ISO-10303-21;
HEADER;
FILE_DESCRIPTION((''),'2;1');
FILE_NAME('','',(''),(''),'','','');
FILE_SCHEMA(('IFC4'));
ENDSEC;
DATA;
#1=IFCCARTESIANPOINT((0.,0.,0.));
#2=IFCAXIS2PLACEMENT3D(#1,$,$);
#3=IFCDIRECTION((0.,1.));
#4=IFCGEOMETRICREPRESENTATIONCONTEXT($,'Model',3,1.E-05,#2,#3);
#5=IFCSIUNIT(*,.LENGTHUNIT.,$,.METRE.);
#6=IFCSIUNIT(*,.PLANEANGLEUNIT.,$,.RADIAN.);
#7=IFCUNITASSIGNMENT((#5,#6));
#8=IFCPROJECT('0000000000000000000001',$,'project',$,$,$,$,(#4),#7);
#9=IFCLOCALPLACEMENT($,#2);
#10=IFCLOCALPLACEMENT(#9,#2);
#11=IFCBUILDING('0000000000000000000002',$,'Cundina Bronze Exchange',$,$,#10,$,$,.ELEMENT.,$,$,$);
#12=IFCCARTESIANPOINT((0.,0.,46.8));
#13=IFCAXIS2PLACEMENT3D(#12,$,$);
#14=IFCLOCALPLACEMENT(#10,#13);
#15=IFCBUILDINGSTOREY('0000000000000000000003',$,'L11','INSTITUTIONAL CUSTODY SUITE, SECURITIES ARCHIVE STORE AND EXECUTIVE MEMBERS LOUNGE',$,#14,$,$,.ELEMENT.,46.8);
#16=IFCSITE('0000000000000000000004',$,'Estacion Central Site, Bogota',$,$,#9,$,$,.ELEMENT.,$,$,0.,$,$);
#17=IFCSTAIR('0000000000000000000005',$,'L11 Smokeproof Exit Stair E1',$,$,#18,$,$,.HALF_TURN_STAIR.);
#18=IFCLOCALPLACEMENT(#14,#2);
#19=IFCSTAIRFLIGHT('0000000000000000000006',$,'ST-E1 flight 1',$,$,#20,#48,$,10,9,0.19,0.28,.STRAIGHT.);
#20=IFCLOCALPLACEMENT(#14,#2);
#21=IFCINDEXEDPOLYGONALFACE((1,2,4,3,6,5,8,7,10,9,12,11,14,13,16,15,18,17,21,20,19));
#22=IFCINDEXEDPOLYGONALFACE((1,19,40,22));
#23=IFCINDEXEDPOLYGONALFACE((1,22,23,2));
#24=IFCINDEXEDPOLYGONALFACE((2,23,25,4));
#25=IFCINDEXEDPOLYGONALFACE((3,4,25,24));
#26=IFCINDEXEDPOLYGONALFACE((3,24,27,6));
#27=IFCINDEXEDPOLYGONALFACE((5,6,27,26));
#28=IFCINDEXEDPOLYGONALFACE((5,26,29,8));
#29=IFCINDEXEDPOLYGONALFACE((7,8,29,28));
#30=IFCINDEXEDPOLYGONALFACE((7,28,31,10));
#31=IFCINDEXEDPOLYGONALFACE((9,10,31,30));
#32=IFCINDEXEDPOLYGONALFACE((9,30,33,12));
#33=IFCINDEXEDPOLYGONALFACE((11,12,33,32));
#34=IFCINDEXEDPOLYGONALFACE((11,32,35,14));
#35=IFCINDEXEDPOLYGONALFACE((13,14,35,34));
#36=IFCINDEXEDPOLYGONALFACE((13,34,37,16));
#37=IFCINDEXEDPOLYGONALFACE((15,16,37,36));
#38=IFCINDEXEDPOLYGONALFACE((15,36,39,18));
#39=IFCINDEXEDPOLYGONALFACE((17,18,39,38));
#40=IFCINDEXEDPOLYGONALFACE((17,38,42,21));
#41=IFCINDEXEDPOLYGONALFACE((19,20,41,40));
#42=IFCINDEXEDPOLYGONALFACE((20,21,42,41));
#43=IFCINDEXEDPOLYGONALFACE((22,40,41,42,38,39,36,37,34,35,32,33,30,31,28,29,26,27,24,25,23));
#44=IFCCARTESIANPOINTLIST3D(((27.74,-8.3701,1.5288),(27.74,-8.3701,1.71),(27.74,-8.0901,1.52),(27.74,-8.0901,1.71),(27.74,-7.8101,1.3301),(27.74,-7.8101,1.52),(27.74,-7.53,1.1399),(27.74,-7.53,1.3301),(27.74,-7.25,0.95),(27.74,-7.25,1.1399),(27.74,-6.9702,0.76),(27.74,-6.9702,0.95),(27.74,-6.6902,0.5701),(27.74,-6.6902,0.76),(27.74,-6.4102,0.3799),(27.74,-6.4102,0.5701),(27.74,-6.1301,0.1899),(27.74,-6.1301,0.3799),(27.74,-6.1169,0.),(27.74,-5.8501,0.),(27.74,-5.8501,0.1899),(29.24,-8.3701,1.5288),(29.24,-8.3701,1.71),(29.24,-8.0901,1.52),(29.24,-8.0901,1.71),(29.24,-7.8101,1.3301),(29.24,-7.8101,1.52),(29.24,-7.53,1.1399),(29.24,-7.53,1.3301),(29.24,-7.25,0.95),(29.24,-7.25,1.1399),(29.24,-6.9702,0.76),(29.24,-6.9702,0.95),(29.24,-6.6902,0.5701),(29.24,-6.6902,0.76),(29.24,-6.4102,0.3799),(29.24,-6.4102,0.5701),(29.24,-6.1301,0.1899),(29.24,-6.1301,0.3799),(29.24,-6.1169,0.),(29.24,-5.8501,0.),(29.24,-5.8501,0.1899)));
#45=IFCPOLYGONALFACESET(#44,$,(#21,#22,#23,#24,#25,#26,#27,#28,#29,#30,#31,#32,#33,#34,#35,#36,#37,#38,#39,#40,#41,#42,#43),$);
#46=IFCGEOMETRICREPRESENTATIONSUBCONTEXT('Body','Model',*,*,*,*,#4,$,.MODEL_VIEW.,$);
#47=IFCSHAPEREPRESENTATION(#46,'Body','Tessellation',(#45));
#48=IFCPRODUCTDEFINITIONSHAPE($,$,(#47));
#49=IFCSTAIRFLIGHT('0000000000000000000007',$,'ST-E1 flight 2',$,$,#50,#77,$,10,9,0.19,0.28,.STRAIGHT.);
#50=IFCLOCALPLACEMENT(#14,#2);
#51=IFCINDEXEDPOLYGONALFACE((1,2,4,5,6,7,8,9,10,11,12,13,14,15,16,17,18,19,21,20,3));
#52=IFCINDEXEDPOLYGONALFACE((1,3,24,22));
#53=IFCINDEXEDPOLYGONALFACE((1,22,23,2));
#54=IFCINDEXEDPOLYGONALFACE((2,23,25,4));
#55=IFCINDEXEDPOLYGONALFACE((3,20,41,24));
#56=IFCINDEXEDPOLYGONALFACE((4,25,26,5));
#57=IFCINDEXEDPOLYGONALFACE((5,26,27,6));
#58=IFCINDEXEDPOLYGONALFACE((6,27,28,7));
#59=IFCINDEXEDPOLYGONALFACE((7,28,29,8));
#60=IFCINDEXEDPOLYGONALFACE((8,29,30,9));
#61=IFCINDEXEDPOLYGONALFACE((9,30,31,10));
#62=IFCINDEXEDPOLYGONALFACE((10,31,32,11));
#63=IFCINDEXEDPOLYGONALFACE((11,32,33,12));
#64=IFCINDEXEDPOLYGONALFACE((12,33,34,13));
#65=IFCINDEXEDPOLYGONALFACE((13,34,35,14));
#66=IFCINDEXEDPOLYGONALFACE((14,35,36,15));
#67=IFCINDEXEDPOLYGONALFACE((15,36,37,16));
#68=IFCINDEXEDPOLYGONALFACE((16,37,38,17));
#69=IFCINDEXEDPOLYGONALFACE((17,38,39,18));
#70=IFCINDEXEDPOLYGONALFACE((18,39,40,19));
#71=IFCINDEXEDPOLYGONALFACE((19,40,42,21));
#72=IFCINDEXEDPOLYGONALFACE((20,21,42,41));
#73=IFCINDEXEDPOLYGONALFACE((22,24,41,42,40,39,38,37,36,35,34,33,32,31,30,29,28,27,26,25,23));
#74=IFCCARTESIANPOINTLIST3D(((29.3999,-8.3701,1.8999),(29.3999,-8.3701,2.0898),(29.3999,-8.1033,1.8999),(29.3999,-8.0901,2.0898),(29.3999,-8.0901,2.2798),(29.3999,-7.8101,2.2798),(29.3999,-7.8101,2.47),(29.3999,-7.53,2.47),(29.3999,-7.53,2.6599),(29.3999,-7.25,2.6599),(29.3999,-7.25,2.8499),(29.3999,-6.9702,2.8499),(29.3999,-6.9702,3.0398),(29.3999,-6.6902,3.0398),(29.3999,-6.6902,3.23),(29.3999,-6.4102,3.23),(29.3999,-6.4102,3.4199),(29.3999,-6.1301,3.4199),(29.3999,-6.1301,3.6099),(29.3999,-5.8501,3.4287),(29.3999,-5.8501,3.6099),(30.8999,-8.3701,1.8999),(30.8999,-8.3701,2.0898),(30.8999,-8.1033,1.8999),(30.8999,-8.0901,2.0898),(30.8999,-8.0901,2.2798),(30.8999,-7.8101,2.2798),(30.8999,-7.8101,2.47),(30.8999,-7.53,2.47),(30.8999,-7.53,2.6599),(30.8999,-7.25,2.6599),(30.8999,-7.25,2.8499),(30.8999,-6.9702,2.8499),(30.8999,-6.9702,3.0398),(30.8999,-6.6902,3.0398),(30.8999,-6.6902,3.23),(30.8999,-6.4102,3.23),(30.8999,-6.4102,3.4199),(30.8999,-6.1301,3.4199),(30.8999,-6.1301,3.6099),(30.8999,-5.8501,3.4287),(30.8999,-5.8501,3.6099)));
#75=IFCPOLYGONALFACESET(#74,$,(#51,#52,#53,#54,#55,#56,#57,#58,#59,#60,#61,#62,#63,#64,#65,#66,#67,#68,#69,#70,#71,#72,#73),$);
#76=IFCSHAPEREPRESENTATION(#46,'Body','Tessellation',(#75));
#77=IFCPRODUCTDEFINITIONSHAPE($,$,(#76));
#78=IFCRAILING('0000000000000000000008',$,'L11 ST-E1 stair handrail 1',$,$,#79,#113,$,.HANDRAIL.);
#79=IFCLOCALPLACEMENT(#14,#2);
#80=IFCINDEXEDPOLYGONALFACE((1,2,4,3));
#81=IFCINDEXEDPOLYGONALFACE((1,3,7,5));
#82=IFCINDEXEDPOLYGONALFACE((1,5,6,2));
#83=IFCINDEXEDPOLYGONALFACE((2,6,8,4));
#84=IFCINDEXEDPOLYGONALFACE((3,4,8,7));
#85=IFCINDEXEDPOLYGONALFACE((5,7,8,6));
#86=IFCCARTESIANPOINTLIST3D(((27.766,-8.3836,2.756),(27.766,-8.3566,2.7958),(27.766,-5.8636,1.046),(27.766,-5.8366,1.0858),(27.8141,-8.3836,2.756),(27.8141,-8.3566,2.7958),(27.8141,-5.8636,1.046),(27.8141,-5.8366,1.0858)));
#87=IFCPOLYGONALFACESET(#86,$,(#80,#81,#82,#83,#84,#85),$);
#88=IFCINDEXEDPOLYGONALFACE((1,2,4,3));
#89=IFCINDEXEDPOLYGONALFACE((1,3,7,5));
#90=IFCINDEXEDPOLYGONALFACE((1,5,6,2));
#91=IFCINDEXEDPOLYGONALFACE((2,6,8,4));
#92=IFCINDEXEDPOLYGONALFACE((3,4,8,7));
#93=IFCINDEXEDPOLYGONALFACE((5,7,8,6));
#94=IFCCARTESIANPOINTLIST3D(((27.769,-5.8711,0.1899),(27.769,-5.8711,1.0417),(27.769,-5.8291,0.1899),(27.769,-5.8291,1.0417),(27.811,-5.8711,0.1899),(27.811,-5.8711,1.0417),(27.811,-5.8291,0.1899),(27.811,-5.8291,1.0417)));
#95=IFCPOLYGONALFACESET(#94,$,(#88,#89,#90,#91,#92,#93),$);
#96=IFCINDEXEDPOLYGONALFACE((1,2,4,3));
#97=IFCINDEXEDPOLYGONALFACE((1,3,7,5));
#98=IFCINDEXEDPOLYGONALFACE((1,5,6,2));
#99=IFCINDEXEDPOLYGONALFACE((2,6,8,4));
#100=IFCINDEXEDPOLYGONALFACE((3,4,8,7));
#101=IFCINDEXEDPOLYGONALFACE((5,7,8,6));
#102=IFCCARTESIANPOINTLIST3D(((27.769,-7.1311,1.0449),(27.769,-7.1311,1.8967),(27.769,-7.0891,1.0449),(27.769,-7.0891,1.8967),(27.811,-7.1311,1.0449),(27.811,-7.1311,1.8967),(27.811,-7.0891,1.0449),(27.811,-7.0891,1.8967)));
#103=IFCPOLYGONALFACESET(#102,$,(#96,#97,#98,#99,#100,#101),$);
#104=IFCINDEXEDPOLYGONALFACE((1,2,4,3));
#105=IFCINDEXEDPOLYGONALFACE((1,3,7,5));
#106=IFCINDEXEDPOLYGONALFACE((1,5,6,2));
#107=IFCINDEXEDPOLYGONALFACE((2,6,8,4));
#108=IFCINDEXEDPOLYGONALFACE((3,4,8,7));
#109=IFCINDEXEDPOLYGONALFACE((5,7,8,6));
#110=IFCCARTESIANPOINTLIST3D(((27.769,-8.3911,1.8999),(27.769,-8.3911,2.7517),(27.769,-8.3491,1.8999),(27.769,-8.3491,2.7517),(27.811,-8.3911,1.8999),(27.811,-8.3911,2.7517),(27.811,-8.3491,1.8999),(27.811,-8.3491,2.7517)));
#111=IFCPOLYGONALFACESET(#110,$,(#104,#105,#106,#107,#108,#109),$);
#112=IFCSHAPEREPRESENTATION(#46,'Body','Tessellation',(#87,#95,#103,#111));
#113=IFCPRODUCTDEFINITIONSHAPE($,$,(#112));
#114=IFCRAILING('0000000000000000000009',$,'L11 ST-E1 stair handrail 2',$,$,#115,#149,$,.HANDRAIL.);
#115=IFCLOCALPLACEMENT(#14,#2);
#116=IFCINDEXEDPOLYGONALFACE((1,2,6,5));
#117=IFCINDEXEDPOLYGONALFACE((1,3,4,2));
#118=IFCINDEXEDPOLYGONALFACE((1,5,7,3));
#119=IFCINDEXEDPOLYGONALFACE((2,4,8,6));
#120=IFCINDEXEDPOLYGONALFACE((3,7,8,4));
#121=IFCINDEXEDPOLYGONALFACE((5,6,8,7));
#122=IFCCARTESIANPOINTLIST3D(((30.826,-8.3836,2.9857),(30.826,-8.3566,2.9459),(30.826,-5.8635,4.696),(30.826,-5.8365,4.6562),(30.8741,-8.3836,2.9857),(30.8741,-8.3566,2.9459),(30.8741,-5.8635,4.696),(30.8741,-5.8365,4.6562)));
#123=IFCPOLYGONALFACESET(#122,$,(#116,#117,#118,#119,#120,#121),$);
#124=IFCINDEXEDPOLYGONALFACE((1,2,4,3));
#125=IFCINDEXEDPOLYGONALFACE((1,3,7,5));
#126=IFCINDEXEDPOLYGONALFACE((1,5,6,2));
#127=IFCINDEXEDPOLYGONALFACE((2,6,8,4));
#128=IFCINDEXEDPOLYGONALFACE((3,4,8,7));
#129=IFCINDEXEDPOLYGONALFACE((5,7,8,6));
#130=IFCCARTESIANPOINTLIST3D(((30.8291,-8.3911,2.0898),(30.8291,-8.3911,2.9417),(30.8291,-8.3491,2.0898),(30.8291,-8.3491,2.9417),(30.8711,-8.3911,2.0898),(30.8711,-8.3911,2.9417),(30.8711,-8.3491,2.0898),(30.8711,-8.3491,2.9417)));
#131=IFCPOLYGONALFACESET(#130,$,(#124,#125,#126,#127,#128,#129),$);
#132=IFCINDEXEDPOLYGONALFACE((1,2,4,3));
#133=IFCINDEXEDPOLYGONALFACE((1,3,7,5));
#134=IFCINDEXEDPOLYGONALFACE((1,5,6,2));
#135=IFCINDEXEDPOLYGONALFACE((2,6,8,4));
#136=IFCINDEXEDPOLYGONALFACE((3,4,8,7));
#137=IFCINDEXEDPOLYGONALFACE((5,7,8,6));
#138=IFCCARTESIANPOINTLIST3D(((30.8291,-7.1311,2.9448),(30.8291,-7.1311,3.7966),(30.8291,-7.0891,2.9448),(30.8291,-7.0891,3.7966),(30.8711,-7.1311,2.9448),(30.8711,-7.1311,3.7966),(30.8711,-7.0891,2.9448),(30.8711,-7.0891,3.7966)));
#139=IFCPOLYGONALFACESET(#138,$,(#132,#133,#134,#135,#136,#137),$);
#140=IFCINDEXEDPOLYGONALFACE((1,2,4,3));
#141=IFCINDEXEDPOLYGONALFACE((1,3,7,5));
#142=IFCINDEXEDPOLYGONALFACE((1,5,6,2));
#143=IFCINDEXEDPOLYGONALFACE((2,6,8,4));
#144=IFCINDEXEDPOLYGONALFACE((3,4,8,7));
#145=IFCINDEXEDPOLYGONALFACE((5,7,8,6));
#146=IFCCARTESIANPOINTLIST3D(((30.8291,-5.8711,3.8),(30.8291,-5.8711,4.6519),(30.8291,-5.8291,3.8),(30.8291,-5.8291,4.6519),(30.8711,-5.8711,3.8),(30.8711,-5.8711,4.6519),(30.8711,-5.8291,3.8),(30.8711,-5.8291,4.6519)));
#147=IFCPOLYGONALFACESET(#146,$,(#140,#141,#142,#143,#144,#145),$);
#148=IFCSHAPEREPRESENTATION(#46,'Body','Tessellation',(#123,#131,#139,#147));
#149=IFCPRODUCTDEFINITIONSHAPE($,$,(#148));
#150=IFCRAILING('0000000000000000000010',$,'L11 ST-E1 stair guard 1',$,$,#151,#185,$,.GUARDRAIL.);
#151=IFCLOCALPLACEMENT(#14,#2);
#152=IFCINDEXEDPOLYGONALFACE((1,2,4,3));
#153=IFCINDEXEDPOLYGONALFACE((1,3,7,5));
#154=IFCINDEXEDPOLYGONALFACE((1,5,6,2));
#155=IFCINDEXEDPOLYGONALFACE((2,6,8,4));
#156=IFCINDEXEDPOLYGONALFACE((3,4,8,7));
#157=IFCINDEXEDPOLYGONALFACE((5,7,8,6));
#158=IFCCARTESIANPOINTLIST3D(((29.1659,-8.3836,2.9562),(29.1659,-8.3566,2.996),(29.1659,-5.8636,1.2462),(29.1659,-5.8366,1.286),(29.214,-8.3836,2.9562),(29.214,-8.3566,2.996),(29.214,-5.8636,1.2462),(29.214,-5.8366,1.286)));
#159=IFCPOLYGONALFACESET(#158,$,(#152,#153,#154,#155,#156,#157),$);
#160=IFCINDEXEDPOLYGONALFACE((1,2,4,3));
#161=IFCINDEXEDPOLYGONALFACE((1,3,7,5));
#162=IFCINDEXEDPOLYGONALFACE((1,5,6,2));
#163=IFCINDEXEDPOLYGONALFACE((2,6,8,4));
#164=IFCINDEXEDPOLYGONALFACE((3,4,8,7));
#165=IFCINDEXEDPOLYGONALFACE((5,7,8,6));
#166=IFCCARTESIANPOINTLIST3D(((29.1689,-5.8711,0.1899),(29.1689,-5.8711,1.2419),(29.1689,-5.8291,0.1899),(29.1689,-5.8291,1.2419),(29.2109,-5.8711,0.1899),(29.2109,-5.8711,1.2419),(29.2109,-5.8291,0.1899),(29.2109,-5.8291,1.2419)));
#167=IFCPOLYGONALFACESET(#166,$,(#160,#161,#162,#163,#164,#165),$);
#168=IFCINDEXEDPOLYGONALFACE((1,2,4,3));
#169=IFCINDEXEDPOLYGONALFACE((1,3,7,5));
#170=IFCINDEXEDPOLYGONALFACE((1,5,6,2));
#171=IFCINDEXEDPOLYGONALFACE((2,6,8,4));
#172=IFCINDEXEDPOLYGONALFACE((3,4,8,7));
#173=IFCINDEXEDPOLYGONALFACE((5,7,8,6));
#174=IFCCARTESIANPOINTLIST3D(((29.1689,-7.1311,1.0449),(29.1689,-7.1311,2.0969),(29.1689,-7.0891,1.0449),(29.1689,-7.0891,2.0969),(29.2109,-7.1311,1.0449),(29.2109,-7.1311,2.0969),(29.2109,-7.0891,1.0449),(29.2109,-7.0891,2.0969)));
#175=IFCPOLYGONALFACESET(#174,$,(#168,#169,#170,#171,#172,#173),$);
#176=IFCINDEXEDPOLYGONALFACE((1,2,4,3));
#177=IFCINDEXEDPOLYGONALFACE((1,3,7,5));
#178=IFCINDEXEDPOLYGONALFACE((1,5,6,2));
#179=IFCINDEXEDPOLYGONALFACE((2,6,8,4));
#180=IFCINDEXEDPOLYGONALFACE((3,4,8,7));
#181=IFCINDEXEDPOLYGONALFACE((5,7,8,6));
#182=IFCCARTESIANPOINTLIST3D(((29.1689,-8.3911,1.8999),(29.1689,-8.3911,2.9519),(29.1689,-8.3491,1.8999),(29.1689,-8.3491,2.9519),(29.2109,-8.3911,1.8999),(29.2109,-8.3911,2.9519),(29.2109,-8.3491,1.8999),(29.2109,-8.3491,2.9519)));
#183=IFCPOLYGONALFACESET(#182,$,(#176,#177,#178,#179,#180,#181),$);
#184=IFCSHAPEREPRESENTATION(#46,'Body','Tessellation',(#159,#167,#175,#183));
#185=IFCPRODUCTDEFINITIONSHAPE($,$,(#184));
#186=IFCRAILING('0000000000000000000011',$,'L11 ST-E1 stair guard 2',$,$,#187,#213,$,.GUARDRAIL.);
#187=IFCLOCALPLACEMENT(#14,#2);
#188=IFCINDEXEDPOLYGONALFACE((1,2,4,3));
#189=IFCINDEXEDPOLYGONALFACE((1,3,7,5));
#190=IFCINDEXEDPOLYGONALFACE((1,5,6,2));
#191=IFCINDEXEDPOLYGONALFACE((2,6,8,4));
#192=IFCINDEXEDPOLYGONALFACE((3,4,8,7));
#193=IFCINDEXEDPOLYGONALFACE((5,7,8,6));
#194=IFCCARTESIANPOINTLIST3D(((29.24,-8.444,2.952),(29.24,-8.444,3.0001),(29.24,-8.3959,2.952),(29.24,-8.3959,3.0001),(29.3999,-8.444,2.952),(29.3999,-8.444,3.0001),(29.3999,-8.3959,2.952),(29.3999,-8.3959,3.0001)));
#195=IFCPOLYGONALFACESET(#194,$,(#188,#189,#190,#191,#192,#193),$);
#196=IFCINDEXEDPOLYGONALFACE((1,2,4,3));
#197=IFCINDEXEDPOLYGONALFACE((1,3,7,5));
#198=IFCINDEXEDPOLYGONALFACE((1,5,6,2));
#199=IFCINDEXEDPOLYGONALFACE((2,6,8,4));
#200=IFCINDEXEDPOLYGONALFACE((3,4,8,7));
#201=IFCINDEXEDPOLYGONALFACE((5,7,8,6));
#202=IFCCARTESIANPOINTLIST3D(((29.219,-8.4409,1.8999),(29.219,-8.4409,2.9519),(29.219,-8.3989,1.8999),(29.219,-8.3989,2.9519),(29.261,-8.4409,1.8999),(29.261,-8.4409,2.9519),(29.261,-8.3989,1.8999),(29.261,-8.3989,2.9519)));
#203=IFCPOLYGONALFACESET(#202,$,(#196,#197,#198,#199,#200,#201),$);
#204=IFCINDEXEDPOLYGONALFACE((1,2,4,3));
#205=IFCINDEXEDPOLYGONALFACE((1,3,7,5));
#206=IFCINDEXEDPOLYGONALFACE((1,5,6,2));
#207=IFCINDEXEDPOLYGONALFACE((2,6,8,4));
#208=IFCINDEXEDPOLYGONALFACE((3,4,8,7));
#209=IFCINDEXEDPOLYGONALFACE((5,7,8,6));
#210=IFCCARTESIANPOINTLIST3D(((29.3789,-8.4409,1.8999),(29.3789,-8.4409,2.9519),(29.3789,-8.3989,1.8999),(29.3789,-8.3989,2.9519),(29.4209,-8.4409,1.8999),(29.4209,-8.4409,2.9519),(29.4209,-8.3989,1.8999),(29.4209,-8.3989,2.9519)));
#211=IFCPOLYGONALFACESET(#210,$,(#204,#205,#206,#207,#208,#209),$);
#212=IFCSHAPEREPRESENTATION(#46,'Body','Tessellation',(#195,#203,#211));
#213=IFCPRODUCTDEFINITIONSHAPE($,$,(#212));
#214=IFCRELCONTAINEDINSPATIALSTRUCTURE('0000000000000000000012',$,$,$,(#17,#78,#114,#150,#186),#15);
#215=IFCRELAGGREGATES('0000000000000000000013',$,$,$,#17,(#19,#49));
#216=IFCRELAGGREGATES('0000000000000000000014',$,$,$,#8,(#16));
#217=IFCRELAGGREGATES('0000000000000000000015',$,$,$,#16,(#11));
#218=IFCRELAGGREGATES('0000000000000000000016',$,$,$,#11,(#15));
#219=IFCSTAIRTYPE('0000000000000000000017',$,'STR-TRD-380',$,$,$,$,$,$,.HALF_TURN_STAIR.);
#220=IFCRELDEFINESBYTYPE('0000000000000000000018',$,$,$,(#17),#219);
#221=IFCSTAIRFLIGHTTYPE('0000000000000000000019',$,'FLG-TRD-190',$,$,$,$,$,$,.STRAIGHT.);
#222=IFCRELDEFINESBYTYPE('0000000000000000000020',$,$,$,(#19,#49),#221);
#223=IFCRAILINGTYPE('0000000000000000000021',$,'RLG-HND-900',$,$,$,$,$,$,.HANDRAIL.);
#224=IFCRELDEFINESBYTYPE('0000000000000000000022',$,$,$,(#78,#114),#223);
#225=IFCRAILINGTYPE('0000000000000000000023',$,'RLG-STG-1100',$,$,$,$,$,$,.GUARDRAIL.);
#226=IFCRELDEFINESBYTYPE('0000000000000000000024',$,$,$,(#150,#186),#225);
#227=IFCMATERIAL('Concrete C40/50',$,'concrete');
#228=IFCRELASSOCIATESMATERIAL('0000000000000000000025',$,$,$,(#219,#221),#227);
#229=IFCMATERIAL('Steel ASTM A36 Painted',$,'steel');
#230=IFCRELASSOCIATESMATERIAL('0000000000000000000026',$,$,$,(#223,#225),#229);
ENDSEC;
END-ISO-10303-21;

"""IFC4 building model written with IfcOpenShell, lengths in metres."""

from ifc_helpers import new_model, si_unit, direction, frame, origin, origin_2d, place, context, subcontext, project, spatial, polyline, rectangle, outline, extrude, material, type_object, element, aggregate, save


model = new_model("IFC4")

# Units and contexts
model_context = context("Model", 3, precision=1e-05, world=origin(), true_north=direction((0.0, 1.0)))
body_context = subcontext(model_context, "Body", "Model", "MODEL_VIEW")
ifc_project = project(units=[si_unit("LENGTHUNIT", "METRE"), si_unit("PLANEANGLEUNIT", "RADIAN")], contexts=[model_context])

# Site, building, storey
site_placement = place(None, origin())
site = spatial("IfcSite", under=ifc_project, at=site_placement, Name="Estacion Central Site, Bogota", CompositionType="ELEMENT", RefElevation=0.0)
building_placement = place(site_placement, origin())
building = spatial("IfcBuilding", under=site, at=building_placement, Name="Cundina Bronze Exchange", CompositionType="ELEMENT")
storey_placement = place(building_placement, frame((0.0, 0.0, 46.8)))
storey = spatial("IfcBuildingStorey", under=building, at=storey_placement, Name="L11", Description="INSTITUTIONAL CUSTODY SUITE, SECURITIES ARCHIVE STORE AND EXECUTIVE MEMBERS LOUNGE", CompositionType="ELEMENT", Elevation=46.8)

# Stair, stair flights
ifc_material_1 = material(Name="Concrete C40/50", Category="concrete")
stair_type = type_object("IfcStairType", Name="STR-TRD-380", PredefinedType="HALF_TURN_STAIR", material=ifc_material_1)
stair_placement = place(storey_placement, origin())
stair = element("IfcStair", 1, at=stair_placement, inside=storey, type_object=stair_type, Name="L11 Smokeproof Exit Stair E1", PredefinedType="HALF_TURN_STAIR")
stair_flight_type = type_object("IfcStairFlightType", Name="FLG-TRD-190", PredefinedType="STRAIGHT", material=ifc_material_1)
stair_flight_1_placement = place(storey_placement, frame((28.49, -5.8501, 0.0), z_axis=(0.0, 0.0, 1.0), x_axis=(0.0, -1.0, 0.0)))
stair_flight_1 = element("IfcStairFlight", 2, at=stair_flight_1_placement, type_object=stair_flight_type, Name="ST-E1 flight 1", NumberOfRisers=10, NumberOfTreads=9, PredefinedType="STRAIGHT", RiserHeight=0.19, TreadLength=0.28, context=body_context, shape_type="SweptSolid", body=[
    extrude(outline(polyline([(0.0, 0.0), (0.0, 0.1899), (0.28, 0.1899), (0.28, 0.3799), (0.5601, 0.3799), (0.5601, 0.5701), (0.8401, 0.5701), (0.8401, 0.76), (1.1201, 0.76), (1.1201, 0.95), (1.3999, 0.95), (1.3999, 1.1399), (1.6799, 1.1399), (1.6799, 1.3301), (1.96, 1.3301), (1.96, 1.52), (2.24, 1.52), (2.24, 1.71), (2.52, 1.71), (2.52, 1.8999), (2.52, 1.5288), (0.2668, 0.0), (0.0, 0.0)])), frame((0.0, 0.75, 0.0), z_axis=(0.0, -1.0, 0.0), x_axis=(1.0, 0.0, 0.0)), (0.0, 0.0, 1.0), 1.5),
])
stair_flight_2_placement = place(storey_placement, frame((30.1499, -8.3701, 1.8999), z_axis=(0.0, 0.0, 1.0), x_axis=(0.0, 1.0, 0.0)))
stair_flight_2 = element("IfcStairFlight", 3, at=stair_flight_2_placement, type_object=stair_flight_type, Name="ST-E1 flight 2", NumberOfRisers=10, NumberOfTreads=9, PredefinedType="STRAIGHT", RiserHeight=0.19, TreadLength=0.28, context=body_context, shape_type="SweptSolid", body=[
    extrude(outline(polyline([(0.0, 0.0), (0.0, 0.1899), (0.28, 0.1899), (0.28, 0.3799), (0.5601, 0.3799), (0.5601, 0.5701), (0.8401, 0.5701), (0.8401, 0.76), (1.1201, 0.76), (1.1201, 0.95), (1.3999, 0.95), (1.3999, 1.1399), (1.6799, 1.1399), (1.6799, 1.3301), (1.96, 1.3301), (1.96, 1.52), (2.24, 1.52), (2.24, 1.71), (2.52, 1.71), (2.52, 1.8999), (2.52, 1.5288), (0.2668, 0.0), (0.0, 0.0)])), frame((0.0, 0.75, 0.0), z_axis=(0.0, -1.0, 0.0), x_axis=(1.0, 0.0, 0.0)), (0.0, 0.0, 1.0), 1.5),
])
aggregate(stair, [stair_flight_1, stair_flight_2])

# Railings
ifc_material_2 = material(Name="Steel ASTM A36 Painted", Category="steel")
railing_type_1 = type_object("IfcRailingType", Name="RLG-HND-900", PredefinedType="HANDRAIL", material=ifc_material_2)
railing_1_placement = place(storey_placement, frame((27.79, -5.8501, 0.1899)))
element("IfcRailing", 4, at=railing_1_placement, inside=storey, type_object=railing_type_1, Name="L11 ST-E1 stair handrail 1", PredefinedType="HANDRAIL", context=body_context, shape_type="SweptSolid", body=[
    extrude(rectangle(XDim=0.0481, YDim=0.0481, at=origin_2d()), frame((0.0, 0.0, 0.876), z_axis=(0.0, -0.827484, 0.56149), x_axis=(1.0, 0.0, 0.0)), (0.0, 0.0, 1.0), 3.0454),
    extrude(rectangle(XDim=0.042, YDim=0.042, at=origin_2d()), origin(), (0.0, 0.0, 1.0), 0.8518),
    extrude(rectangle(XDim=0.042, YDim=0.042, at=origin_2d()), frame((0.0, -1.26, 0.855)), (0.0, 0.0, 1.0), 0.8518),
    extrude(rectangle(XDim=0.042, YDim=0.042, at=origin_2d()), frame((0.0, -2.52, 1.71)), (0.0, 0.0, 1.0), 0.8518),
])
railing_2_placement = place(storey_placement, frame((30.8501, -8.3701, 2.0898)))
element("IfcRailing", 5, at=railing_2_placement, inside=storey, type_object=railing_type_1, Name="L11 ST-E1 stair handrail 2", PredefinedType="HANDRAIL", context=body_context, shape_type="SweptSolid", body=[
    extrude(rectangle(XDim=0.0481, YDim=0.0481, at=origin_2d()), frame((0.0, 0.0, 0.876), z_axis=(0.0, 0.827447, 0.561545), x_axis=(-1.0, 0.0, 0.0)), (0.0, 0.0, 1.0), 3.0457),
    extrude(rectangle(XDim=0.042, YDim=0.042, at=origin_2d()), origin(), (0.0, 0.0, 1.0), 0.8518),
    extrude(rectangle(XDim=0.042, YDim=0.042, at=origin_2d()), frame((0.0, 1.26, 0.855)), (0.0, 0.0, 1.0), 0.8518),
    extrude(rectangle(XDim=0.042, YDim=0.042, at=origin_2d()), frame((0.0, 2.52, 1.7102)), (0.0, 0.0, 1.0), 0.8518),
])
railing_type_2 = type_object("IfcRailingType", Name="RLG-STG-1100", PredefinedType="GUARDRAIL", material=ifc_material_2)
railing_3_placement = place(storey_placement, frame((29.1899, -5.8501, 0.1899)))
element("IfcRailing", 6, at=railing_3_placement, inside=storey, type_object=railing_type_2, Name="L11 ST-E1 stair guard 1", PredefinedType="GUARDRAIL", context=body_context, shape_type="SweptSolid", body=[
    extrude(rectangle(XDim=0.0481, YDim=0.0481, at=origin_2d()), frame((0.0, 0.0, 1.0762), z_axis=(0.0, -0.827484, 0.56149), x_axis=(1.0, 0.0, 0.0)), (0.0, 0.0, 1.0), 3.0454),
    extrude(rectangle(XDim=0.042, YDim=0.042, at=origin_2d()), origin(), (0.0, 0.0, 1.0), 1.052),
    extrude(rectangle(XDim=0.042, YDim=0.042, at=origin_2d()), frame((0.0, -1.26, 0.855)), (0.0, 0.0, 1.0), 1.052),
    extrude(rectangle(XDim=0.042, YDim=0.042, at=origin_2d()), frame((0.0, -2.52, 1.71)), (0.0, 0.0, 1.0), 1.052),
])
railing_4_placement = place(storey_placement, frame((29.24, -8.4199, 1.8999)))
element("IfcRailing", 7, at=railing_4_placement, inside=storey, type_object=railing_type_2, Name="L11 ST-E1 stair guard 2", PredefinedType="GUARDRAIL", context=body_context, shape_type="SweptSolid", body=[
    extrude(rectangle(XDim=0.0481, YDim=0.0481, at=origin_2d()), frame((0.0, 0.0, 1.0762), z_axis=(1.0, 0.0, 0.0), x_axis=(0.0, 1.0, 0.0)), (0.0, 0.0, 1.0), 0.1599),
    extrude(rectangle(XDim=0.042, YDim=0.042, at=origin_2d()), origin(), (0.0, 0.0, 1.0), 1.052),
    extrude(rectangle(XDim=0.042, YDim=0.042, at=origin_2d()), frame((0.1599, 0.0, 0.0)), (0.0, 0.0, 1.0), 1.052),
])

save(model, "model.ifc")
